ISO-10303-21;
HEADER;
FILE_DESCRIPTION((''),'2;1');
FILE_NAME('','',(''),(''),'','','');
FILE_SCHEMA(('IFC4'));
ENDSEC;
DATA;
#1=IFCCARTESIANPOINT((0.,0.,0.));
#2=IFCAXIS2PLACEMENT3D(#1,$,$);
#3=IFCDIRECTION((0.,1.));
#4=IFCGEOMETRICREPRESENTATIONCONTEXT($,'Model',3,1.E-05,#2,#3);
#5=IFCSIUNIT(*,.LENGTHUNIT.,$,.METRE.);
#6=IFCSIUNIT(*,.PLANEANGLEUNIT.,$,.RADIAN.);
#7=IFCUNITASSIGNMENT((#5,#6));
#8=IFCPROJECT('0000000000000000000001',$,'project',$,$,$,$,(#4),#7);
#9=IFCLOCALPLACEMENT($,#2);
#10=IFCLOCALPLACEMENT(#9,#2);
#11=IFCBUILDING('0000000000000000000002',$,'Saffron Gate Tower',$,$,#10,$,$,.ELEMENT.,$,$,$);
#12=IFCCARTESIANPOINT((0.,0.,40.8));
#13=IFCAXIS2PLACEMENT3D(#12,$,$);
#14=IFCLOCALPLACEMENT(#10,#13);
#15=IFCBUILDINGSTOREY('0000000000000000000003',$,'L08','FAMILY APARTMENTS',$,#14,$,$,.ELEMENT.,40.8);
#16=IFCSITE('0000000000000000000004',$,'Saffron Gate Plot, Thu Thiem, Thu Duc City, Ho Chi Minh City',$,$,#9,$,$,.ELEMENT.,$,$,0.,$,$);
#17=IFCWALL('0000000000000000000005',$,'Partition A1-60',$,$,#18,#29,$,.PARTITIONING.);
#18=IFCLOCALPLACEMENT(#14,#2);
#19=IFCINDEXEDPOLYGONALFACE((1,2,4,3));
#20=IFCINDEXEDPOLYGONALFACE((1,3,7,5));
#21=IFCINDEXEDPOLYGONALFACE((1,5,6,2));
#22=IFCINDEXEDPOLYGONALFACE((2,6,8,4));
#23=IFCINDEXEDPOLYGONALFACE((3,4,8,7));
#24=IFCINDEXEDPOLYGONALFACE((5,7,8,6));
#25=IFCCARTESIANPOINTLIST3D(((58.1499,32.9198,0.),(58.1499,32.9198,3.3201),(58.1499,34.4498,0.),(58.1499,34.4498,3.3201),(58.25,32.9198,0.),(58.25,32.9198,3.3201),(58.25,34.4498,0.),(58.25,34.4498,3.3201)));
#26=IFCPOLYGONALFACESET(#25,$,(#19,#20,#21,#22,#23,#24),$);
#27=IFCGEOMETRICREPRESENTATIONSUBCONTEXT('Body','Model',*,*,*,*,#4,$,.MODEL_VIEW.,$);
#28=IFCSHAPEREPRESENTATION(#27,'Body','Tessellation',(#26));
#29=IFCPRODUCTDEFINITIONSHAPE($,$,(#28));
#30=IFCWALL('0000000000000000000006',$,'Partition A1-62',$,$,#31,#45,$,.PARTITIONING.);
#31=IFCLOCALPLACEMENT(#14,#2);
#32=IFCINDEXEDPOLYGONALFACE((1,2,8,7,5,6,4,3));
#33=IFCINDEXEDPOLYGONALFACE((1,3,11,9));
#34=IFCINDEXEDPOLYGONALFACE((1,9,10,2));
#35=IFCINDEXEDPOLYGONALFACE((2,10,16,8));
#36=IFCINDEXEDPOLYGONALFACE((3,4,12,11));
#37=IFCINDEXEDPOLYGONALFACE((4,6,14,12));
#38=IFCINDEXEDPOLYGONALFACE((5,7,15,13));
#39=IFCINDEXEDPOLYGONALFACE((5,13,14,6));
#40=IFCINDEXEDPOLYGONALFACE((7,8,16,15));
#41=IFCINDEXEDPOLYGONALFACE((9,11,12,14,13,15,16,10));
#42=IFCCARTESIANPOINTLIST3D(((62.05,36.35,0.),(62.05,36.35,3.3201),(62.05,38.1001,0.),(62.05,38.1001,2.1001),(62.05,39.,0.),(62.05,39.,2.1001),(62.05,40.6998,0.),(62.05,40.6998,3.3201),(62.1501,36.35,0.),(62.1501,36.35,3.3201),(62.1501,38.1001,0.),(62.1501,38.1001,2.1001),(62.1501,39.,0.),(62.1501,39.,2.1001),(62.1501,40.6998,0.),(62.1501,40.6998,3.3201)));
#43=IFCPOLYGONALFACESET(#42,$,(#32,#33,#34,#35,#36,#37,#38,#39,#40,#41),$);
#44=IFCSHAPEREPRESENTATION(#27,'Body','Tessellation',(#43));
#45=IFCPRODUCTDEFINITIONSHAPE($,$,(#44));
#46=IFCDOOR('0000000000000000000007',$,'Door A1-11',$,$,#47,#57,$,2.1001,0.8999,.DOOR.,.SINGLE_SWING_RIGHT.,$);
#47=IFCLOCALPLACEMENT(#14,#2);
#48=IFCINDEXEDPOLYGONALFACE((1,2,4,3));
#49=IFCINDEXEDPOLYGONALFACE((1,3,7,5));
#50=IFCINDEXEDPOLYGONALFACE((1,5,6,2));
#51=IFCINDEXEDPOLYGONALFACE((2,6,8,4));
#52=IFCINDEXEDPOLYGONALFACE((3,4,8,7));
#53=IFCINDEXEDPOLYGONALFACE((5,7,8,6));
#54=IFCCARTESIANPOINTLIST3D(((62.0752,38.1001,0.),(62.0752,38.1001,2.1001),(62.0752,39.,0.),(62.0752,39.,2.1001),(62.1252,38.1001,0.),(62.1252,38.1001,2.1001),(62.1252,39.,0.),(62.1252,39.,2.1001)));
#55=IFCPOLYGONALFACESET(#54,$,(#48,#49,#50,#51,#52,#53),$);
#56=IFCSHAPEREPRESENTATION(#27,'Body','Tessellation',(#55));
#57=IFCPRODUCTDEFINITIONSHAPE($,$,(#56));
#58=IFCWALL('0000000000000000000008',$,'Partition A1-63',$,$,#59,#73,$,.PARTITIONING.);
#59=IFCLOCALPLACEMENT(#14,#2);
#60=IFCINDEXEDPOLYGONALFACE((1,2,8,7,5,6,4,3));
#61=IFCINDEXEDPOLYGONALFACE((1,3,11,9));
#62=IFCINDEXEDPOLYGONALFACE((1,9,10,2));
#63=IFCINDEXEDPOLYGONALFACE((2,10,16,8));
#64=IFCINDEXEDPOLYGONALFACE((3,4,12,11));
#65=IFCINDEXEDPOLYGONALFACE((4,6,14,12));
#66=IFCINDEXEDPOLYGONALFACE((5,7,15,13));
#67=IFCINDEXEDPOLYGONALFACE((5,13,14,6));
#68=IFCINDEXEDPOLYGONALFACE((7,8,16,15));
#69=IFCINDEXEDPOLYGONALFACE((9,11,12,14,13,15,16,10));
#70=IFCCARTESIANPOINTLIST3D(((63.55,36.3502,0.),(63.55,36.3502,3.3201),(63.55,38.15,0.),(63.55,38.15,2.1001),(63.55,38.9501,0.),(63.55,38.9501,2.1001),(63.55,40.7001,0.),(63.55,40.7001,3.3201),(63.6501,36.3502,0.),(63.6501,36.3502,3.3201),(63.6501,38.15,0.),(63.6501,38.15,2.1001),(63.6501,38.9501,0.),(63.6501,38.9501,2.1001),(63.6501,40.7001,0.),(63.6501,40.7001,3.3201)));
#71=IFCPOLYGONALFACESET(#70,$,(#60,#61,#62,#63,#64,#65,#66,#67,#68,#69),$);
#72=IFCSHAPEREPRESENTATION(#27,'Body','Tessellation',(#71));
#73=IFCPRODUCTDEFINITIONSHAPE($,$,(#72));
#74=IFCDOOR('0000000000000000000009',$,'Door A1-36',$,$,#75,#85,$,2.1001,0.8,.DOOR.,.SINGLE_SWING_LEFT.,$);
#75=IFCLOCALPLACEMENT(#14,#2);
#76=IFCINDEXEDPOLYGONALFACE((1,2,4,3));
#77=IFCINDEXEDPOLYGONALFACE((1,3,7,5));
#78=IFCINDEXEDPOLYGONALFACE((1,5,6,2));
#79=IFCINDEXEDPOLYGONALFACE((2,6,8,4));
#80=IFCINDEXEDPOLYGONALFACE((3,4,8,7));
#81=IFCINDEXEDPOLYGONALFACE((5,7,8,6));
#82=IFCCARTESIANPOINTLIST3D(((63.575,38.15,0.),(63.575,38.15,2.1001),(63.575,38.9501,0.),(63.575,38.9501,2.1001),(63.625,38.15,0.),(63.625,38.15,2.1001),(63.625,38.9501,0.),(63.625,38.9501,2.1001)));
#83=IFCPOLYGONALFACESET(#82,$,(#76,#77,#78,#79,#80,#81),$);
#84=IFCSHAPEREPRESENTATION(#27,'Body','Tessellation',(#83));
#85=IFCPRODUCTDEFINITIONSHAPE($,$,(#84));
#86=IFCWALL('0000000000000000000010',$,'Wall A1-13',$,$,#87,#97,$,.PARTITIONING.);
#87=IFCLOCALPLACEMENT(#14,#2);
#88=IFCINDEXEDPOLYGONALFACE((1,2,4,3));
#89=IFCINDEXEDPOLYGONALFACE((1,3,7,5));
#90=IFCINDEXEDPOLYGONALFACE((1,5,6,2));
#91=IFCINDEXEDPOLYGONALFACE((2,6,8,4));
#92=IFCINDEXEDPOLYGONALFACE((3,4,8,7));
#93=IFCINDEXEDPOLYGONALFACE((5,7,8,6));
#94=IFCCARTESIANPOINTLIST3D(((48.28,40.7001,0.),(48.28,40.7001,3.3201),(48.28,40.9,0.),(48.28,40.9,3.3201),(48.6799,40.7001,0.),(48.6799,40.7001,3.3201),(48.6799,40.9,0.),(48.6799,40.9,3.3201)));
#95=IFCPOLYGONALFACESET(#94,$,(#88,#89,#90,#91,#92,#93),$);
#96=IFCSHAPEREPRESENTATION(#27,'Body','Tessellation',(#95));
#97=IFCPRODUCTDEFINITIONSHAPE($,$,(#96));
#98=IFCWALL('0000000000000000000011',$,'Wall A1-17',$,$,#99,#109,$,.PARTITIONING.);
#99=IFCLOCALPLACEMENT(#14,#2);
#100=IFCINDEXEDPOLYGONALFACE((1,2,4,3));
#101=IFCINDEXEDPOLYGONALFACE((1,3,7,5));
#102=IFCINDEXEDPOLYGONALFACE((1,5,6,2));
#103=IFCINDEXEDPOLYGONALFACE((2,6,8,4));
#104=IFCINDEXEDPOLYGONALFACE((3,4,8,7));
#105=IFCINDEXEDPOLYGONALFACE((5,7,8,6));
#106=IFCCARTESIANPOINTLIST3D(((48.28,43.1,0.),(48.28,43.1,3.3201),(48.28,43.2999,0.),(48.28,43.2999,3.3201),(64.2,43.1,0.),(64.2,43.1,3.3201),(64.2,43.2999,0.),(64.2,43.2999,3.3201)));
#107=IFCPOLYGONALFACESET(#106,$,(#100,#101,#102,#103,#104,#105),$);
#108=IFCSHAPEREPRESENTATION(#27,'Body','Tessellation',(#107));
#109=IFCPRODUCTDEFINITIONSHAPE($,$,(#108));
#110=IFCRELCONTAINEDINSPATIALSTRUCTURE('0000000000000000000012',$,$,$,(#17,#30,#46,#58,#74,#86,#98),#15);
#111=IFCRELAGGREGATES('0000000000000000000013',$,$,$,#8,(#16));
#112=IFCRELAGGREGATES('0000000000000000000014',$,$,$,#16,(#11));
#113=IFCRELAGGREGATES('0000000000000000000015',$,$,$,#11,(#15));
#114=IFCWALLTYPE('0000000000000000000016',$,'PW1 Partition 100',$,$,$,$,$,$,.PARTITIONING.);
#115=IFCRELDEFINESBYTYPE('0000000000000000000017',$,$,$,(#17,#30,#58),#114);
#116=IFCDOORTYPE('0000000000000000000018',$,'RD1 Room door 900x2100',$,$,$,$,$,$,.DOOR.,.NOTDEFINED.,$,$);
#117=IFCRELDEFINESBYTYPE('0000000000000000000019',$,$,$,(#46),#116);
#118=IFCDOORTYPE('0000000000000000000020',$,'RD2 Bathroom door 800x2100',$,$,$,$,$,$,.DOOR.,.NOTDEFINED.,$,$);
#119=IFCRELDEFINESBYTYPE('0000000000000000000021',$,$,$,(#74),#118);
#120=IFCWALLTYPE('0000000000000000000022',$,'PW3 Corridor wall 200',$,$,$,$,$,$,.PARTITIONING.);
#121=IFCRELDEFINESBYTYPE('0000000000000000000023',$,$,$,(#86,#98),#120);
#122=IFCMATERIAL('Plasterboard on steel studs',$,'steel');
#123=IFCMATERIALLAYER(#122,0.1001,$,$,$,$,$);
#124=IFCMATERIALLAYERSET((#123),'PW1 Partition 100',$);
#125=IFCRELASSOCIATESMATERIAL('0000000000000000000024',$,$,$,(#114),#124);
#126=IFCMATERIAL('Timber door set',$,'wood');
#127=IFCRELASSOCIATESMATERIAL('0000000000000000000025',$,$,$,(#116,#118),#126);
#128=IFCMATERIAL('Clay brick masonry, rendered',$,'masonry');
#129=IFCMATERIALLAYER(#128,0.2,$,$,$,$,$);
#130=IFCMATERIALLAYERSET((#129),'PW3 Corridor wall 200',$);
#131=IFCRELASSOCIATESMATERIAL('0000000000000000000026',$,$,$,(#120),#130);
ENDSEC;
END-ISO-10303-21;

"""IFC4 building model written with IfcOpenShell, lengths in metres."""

from ifc_helpers import new_model, si_unit, direction, frame, frame_2d, origin, place, context, subcontext, project, spatial, rectangle, extrude, material, layer, layer_set, type_object, element, fill, save


model = new_model("IFC4")

# Units and contexts
model_context = context("Model", 3, precision=1e-05, world=origin(), true_north=direction((0.0, 1.0)))
body_context = subcontext(model_context, "Body", "Model", "MODEL_VIEW")
ifc_project = project(units=[si_unit("LENGTHUNIT", "METRE"), si_unit("PLANEANGLEUNIT", "RADIAN")], contexts=[model_context])

# Site, building, storey
site_placement = place(None, origin())
site = spatial("IfcSite", under=ifc_project, at=site_placement, Name="Saffron Gate Plot, Thu Thiem, Thu Duc City, Ho Chi Minh City", CompositionType="ELEMENT", RefElevation=0.0)
building_placement = place(site_placement, origin())
building = spatial("IfcBuilding", under=site, at=building_placement, Name="Saffron Gate Tower", CompositionType="ELEMENT")
storey_placement = place(building_placement, frame((0.0, 0.0, 40.8)))
storey = spatial("IfcBuildingStorey", under=building, at=storey_placement, Name="L08", Description="FAMILY APARTMENTS", CompositionType="ELEMENT", Elevation=40.8)

# Shared definitions
ifc_material_1 = material(Name="Plasterboard on steel studs", Category="steel")
ifc_layer_1 = layer(ifc_material_1, 0.1001)
ifc_layer_set_1 = layer_set([ifc_layer_1], Name="PW1 Partition 100")
wall_type_1 = type_object("IfcWallType", Name="PW1 Partition 100", PredefinedType="PARTITIONING", material=ifc_layer_set_1)

# Shared definitions
ifc_material_2 = material(Name="Timber door set", Category="wood")
door_type_1 = type_object("IfcDoorType", Name="RD1 Room door 900x2100", OperationType="NOTDEFINED", PredefinedType="DOOR", material=ifc_material_2)
door_type_2 = type_object("IfcDoorType", Name="RD2 Bathroom door 800x2100", OperationType="NOTDEFINED", PredefinedType="DOOR", material=ifc_material_2)

# Wall
wall_1_placement = place(storey_placement, frame((58.2, 34.45, 0.0), z_axis=(0.0, 0.0, 1.0), x_axis=(0.0, -1.0, 0.0)))
element("IfcWall", 1, at=wall_1_placement, inside=storey, type_object=wall_type_1, Name="Partition A1-60", PredefinedType="PARTITIONING", context=body_context, shape_type="SweptSolid", body=[
    extrude(rectangle(XDim=1.53, YDim=0.1001, at=frame_2d((0.7651, 0.0))), origin(), (0.0, 0.0, 1.0), 3.3201),
])

# Walls, openings, doors
wall_2_placement = place(storey_placement, frame((62.1001, 36.3501, 0.0), z_axis=(0.0, 0.0, 1.0), x_axis=(0.0, 1.0, 0.0)))
wall_2 = element("IfcWall", 2, at=wall_2_placement, inside=storey, type_object=wall_type_1, Name="Partition A1-62", PredefinedType="PARTITIONING", context=body_context, shape_type="SweptSolid", body=[
    extrude(rectangle(XDim=4.3499, YDim=0.1001, at=frame_2d((2.1748, 0.0))), origin(), (0.0, 0.0, 1.0), 3.3201),
])
opening_1_placement = place(wall_2_placement, frame((1.75, 0.0, 0.0)))
opening_1 = element("IfcOpeningElement", 3, at=opening_1_placement, cuts=wall_2, PredefinedType="OPENING", context=body_context, shape_type="SweptSolid", body=[
    extrude(rectangle(XDim=0.8999, YDim=2.1001, at=frame_2d((0.45, 1.05))), frame((0.0, 0.0601, 0.0), z_axis=(0.0, -1.0, 0.0), x_axis=(1.0, 0.0, 0.0)), (0.0, 0.0, 1.0), 0.1201),
])
door_1_placement = place(opening_1_placement, origin())
door_1 = element("IfcDoor", 4, at=door_1_placement, inside=storey, type_object=door_type_1, Name="Door A1-11", OperationType="SINGLE_SWING_RIGHT", OverallHeight=2.1001, OverallWidth=0.8999, PredefinedType="DOOR", context=body_context, shape_type="SweptSolid", body=[
    extrude(rectangle(XDim=0.8999, YDim=2.1001, at=frame_2d((0.45, 1.05))), frame((0.0, 0.0249, 0.0), z_axis=(0.0, -1.0, 0.0), x_axis=(1.0, 0.0, 0.0)), (0.0, 0.0, 1.0), 0.05),
])
fill(opening_1, door_1)
wall_3_placement = place(storey_placement, frame((63.6001, 40.7, 0.0), z_axis=(0.0, 0.0, 1.0), x_axis=(0.0, -1.0, 0.0)))
wall_3 = element("IfcWall", 5, at=wall_3_placement, inside=storey, type_object=wall_type_1, Name="Partition A1-63", PredefinedType="PARTITIONING", context=body_context, shape_type="SweptSolid", body=[
    extrude(rectangle(XDim=4.3499, YDim=0.1001, at=frame_2d((2.1748, 0.0))), origin(), (0.0, 0.0, 1.0), 3.3201),
])
opening_2_placement = place(wall_3_placement, frame((1.75, 0.0, 0.0)))
opening_2 = element("IfcOpeningElement", 6, at=opening_2_placement, cuts=wall_3, PredefinedType="OPENING", context=body_context, shape_type="SweptSolid", body=[
    extrude(rectangle(XDim=0.8, YDim=2.1001, at=frame_2d((0.3999, 1.05))), frame((0.0, 0.0601, 0.0), z_axis=(0.0, -1.0, 0.0), x_axis=(1.0, 0.0, 0.0)), (0.0, 0.0, 1.0), 0.1201),
])
door_2_placement = place(opening_2_placement, origin())
door_2 = element("IfcDoor", 7, at=door_2_placement, inside=storey, type_object=door_type_2, Name="Door A1-36", OperationType="SINGLE_SWING_LEFT", OverallHeight=2.1001, OverallWidth=0.8, PredefinedType="DOOR", context=body_context, shape_type="SweptSolid", body=[
    extrude(rectangle(XDim=0.8, YDim=2.1001, at=frame_2d((0.3999, 1.05))), frame((0.0, 0.0249, 0.0), z_axis=(0.0, -1.0, 0.0), x_axis=(1.0, 0.0, 0.0)), (0.0, 0.0, 1.0), 0.05),
])
fill(opening_2, door_2)

# Walls
ifc_material_3 = material(Name="Clay brick masonry, rendered", Category="masonry")
ifc_layer_2 = layer(ifc_material_3, 0.2)
ifc_layer_set_2 = layer_set([ifc_layer_2], Name="PW3 Corridor wall 200")
wall_type_2 = type_object("IfcWallType", Name="PW3 Corridor wall 200", PredefinedType="PARTITIONING", material=ifc_layer_set_2)
wall_4_placement = place(storey_placement, frame((48.28, 40.8, 0.0), z_axis=(0.0, 0.0, 1.0), x_axis=(1.0, 0.0, 0.0)))
element("IfcWall", 8, at=wall_4_placement, inside=storey, type_object=wall_type_2, Name="Wall A1-13", PredefinedType="PARTITIONING", context=body_context, shape_type="SweptSolid", body=[
    extrude(rectangle(XDim=0.3999, YDim=0.2, at=frame_2d((0.2, 0.0))), origin(), (0.0, 0.0, 1.0), 3.3201),
])
wall_5_placement = place(storey_placement, frame((48.28, 43.2, 0.0), z_axis=(0.0, 0.0, 1.0), x_axis=(1.0, 0.0, 0.0)))
element("IfcWall", 9, at=wall_5_placement, inside=storey, type_object=wall_type_2, Name="Wall A1-17", PredefinedType="PARTITIONING", context=body_context, shape_type="SweptSolid", body=[
    extrude(rectangle(XDim=15.9199, YDim=0.2, at=frame_2d((7.96, 0.0))), origin(), (0.0, 0.0, 1.0), 3.3201),
])

save(model, "model.ifc")
